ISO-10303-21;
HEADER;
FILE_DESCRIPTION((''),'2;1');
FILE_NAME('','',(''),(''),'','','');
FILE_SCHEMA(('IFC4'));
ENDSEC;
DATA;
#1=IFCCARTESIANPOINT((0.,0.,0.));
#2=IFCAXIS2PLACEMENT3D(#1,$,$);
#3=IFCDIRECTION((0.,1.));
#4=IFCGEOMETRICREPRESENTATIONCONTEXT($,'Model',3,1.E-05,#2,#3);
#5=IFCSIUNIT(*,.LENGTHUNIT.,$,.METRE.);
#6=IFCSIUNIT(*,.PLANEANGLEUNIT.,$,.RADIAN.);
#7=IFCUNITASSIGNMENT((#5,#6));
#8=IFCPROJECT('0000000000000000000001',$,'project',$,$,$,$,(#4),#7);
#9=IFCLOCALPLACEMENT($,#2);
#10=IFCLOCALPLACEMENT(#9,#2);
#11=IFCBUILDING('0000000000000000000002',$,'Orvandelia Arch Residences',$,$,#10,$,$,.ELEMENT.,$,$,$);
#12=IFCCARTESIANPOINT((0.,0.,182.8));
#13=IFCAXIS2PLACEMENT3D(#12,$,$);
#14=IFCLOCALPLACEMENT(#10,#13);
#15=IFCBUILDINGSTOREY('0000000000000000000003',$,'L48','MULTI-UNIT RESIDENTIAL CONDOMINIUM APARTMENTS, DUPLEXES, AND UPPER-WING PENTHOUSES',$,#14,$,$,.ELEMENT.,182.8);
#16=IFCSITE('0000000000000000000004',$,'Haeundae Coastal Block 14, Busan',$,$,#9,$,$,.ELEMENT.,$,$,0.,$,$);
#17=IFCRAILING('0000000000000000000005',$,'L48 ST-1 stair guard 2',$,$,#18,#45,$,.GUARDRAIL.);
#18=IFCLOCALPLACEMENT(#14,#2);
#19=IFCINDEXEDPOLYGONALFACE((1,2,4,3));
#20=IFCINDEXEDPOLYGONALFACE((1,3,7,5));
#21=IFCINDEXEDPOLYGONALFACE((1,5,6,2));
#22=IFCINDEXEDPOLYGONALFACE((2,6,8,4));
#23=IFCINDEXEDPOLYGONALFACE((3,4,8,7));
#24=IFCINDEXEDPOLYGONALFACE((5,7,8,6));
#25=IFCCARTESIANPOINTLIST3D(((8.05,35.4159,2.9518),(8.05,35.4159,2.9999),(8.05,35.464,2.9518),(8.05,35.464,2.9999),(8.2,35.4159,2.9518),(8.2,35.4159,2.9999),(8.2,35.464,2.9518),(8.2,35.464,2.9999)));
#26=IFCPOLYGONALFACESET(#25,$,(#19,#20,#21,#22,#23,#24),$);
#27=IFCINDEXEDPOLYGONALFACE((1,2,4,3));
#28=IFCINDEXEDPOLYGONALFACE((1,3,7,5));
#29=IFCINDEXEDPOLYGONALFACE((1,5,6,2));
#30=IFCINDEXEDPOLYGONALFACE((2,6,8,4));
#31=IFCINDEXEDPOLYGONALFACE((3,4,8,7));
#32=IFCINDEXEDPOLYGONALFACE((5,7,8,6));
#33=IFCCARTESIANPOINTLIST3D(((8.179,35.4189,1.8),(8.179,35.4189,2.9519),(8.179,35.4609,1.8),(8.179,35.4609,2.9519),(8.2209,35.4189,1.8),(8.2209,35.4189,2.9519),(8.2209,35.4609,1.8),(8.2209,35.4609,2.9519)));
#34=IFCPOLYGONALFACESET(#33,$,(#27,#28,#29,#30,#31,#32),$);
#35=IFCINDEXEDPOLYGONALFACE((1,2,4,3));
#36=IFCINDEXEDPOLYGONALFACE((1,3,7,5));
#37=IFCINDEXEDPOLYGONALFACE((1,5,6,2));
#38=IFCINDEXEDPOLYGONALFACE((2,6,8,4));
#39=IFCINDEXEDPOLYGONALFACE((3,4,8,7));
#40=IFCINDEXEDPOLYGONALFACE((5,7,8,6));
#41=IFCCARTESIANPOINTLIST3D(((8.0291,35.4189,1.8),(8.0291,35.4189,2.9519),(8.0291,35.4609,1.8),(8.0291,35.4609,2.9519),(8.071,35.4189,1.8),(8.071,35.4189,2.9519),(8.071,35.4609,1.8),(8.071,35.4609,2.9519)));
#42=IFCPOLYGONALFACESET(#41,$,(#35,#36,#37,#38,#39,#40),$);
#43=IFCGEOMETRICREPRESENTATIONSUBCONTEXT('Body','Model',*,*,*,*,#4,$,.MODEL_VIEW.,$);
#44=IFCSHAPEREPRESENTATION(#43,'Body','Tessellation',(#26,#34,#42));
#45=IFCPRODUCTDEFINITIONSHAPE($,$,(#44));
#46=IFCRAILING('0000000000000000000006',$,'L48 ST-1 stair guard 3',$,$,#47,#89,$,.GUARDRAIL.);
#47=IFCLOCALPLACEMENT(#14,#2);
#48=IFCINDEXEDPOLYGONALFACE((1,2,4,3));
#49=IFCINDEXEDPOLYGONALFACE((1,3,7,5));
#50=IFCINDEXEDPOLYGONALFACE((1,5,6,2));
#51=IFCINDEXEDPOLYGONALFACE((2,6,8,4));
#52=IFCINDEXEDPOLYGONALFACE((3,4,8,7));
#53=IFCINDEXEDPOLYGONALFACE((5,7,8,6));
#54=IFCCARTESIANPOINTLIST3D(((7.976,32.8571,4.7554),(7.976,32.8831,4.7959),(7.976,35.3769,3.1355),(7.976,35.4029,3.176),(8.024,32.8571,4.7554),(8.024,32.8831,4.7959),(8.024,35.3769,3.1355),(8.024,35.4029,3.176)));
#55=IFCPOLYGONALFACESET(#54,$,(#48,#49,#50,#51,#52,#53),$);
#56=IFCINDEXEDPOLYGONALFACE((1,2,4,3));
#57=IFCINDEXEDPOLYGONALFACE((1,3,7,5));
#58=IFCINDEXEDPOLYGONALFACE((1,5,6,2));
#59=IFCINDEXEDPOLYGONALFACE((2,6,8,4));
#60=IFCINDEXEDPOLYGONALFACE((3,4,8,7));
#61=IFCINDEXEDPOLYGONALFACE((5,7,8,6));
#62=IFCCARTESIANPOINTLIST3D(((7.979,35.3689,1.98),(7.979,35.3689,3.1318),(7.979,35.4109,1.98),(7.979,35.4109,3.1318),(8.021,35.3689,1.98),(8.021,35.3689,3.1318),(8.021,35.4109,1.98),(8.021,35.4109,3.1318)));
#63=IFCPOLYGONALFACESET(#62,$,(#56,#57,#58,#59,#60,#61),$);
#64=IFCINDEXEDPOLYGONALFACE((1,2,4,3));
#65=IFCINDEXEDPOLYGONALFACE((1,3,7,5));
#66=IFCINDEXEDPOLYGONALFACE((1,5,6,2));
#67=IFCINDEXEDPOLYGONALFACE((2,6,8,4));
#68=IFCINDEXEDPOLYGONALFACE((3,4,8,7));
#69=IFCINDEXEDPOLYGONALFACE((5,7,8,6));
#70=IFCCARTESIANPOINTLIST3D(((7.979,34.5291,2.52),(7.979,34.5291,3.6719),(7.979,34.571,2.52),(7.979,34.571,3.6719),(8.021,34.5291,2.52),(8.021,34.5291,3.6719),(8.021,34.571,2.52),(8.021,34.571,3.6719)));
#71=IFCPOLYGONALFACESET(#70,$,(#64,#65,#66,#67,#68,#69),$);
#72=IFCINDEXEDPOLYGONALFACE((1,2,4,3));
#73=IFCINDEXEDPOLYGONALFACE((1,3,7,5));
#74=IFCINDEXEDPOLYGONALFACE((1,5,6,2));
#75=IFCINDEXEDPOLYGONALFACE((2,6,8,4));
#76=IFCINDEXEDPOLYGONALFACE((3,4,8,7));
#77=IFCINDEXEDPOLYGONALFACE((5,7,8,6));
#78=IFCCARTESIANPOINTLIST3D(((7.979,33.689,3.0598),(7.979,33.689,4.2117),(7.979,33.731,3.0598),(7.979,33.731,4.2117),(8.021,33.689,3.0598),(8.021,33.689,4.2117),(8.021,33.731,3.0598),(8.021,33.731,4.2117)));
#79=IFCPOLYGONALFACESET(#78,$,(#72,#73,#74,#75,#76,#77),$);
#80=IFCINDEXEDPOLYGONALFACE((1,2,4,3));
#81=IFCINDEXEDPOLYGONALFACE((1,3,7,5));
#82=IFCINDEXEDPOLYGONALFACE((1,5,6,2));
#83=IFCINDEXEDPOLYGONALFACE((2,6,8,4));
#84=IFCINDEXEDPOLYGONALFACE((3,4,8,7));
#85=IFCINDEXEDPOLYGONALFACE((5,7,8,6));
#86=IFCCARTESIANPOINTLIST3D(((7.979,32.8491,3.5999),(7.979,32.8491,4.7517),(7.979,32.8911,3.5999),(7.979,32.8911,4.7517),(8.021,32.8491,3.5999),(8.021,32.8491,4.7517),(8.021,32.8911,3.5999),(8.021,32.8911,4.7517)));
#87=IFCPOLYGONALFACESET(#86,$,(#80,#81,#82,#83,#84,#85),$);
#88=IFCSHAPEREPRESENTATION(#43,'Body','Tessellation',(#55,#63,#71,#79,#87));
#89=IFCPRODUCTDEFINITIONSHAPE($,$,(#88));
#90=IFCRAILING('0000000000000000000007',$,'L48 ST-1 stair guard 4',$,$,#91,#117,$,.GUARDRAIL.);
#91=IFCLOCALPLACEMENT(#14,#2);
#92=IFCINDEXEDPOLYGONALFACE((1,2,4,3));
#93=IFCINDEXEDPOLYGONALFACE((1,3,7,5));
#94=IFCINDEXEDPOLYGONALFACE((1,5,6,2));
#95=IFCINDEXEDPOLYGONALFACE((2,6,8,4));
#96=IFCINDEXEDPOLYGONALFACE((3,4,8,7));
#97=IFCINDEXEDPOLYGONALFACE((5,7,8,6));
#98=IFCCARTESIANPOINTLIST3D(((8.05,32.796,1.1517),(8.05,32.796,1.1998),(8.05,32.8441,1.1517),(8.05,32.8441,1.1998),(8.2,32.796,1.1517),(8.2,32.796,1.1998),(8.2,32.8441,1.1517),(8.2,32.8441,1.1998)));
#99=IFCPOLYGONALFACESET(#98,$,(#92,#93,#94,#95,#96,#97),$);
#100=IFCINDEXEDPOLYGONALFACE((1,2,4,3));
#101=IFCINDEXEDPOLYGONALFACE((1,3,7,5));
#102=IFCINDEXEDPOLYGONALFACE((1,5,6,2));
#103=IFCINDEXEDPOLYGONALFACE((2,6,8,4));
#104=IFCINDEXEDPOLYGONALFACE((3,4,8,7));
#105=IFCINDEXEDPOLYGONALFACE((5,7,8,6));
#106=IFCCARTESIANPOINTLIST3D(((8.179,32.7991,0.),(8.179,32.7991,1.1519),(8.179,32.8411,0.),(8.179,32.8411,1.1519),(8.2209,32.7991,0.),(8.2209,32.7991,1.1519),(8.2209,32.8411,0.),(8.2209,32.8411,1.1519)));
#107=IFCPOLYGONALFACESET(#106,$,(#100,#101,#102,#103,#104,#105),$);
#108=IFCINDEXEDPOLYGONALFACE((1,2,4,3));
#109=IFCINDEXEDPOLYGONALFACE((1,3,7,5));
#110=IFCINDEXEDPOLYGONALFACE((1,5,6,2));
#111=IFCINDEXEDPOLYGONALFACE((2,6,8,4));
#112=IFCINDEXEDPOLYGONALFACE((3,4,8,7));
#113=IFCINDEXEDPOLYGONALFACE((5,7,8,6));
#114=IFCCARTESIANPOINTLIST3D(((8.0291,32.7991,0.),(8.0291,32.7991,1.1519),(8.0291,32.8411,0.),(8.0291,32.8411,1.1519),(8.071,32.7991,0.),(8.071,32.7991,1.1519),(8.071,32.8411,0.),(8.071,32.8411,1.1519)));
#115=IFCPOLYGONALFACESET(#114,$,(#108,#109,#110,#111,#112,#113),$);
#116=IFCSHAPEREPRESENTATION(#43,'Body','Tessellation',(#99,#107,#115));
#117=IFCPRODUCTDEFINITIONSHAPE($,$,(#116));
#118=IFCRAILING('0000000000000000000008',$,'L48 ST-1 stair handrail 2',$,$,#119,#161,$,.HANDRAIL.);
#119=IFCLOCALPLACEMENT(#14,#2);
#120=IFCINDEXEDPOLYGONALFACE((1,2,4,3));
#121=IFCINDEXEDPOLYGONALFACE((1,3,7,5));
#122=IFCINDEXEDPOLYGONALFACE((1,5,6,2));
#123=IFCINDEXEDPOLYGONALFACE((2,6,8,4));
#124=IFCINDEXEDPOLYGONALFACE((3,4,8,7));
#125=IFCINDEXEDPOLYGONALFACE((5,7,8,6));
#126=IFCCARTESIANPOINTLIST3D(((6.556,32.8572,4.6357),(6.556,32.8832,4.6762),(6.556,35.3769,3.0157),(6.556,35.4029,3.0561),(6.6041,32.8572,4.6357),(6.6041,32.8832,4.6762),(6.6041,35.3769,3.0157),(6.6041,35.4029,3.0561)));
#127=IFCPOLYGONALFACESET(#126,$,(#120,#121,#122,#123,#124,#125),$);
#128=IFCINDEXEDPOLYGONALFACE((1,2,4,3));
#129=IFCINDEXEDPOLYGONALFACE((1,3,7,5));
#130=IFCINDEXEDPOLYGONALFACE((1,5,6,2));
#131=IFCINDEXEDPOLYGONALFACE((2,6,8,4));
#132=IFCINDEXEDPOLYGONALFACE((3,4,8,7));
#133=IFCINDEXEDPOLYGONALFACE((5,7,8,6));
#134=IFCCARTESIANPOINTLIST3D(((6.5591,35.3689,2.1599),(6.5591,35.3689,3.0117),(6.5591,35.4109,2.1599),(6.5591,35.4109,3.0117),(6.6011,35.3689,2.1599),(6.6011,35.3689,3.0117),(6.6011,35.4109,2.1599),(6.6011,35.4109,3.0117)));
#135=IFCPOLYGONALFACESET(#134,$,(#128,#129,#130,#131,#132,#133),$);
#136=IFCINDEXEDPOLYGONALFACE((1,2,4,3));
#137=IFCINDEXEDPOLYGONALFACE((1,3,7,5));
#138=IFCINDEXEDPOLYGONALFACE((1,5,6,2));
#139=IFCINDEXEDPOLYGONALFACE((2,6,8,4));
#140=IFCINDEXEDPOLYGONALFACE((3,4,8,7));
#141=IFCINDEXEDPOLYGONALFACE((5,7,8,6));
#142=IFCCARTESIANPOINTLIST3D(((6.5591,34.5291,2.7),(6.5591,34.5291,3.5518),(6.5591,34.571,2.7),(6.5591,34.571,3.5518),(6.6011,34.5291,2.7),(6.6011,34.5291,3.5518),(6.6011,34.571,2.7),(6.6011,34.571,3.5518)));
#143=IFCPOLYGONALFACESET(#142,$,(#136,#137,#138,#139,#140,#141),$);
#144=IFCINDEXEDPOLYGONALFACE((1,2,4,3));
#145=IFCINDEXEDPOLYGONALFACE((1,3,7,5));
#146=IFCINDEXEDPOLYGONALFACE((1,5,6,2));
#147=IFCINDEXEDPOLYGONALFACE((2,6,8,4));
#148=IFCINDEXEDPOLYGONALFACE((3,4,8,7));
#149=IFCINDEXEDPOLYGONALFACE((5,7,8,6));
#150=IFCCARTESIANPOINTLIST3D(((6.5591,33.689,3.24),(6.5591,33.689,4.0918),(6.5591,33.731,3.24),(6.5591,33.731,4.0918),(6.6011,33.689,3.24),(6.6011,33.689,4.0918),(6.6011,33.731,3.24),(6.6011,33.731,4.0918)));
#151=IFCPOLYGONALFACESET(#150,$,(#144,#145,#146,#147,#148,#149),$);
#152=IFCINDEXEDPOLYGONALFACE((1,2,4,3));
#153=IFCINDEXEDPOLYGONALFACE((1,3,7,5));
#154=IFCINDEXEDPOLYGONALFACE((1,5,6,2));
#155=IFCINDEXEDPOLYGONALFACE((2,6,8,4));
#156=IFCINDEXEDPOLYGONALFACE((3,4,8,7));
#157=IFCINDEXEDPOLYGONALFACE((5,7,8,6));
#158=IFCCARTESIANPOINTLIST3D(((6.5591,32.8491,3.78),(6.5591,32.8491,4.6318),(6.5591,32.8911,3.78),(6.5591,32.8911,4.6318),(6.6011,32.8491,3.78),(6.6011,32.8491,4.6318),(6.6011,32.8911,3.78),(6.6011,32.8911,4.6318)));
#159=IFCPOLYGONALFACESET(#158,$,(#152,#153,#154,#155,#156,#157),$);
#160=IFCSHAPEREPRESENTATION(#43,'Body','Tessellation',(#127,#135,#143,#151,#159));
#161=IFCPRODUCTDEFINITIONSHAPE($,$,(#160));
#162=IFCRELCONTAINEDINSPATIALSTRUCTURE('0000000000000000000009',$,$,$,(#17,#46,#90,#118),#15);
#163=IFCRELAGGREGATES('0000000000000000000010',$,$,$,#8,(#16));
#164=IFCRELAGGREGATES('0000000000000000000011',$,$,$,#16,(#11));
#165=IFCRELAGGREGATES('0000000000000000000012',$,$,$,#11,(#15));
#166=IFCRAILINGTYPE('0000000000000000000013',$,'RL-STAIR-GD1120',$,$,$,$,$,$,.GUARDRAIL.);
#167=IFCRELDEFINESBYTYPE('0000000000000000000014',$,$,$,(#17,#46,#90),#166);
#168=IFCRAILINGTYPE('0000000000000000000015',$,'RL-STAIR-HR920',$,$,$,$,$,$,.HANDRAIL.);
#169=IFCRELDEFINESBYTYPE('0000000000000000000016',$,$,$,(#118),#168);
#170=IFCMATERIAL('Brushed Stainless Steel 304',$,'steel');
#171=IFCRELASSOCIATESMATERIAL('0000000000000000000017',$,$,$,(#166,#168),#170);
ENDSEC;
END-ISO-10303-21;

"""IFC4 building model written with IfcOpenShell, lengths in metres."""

from ifc_helpers import new_model, si_unit, direction, frame, origin, origin_2d, place, context, subcontext, project, spatial, rectangle, extrude, material, type_object, element, save


model = new_model("IFC4")

# Units and contexts
model_context = context("Model", 3, precision=1e-05, world=origin(), true_north=direction((0.0, 1.0)))
body_context = subcontext(model_context, "Body", "Model", "MODEL_VIEW")
ifc_project = project(units=[si_unit("LENGTHUNIT", "METRE"), si_unit("PLANEANGLEUNIT", "RADIAN")], contexts=[model_context])

# Site, building, storey
site_placement = place(None, origin())
site = spatial("IfcSite", under=ifc_project, at=site_placement, Name="Haeundae Coastal Block 14, Busan", CompositionType="ELEMENT", RefElevation=0.0)
building_placement = place(site_placement, origin())
building = spatial("IfcBuilding", under=site, at=building_placement, Name="Orvandelia Arch Residences", CompositionType="ELEMENT")
storey_placement = place(building_placement, frame((0.0, 0.0, 182.8)))
storey = spatial("IfcBuildingStorey", under=building, at=storey_placement, Name="L48", Description="MULTI-UNIT RESIDENTIAL CONDOMINIUM APARTMENTS, DUPLEXES, AND UPPER-WING PENTHOUSES", CompositionType="ELEMENT", Elevation=182.8)

# Railings
ifc_material_1 = material(Name="Brushed Stainless Steel 304", Category="steel")
railing_type_1 = type_object("IfcRailingType", Name="RL-STAIR-GD1120", PredefinedType="GUARDRAIL", material=ifc_material_1)
railing_1_placement = place(storey_placement, frame((8.2, 35.4399, 1.8)))
element("IfcRailing", 1, at=railing_1_placement, inside=storey, type_object=railing_type_1, Name="L48 ST-1 stair guard 2", PredefinedType="GUARDRAIL", context=body_context, shape_type="SweptSolid", body=[
    extrude(rectangle(XDim=0.0481, YDim=0.0481, at=origin_2d()), frame((0.0, 0.0, 1.1758), z_axis=(-1.0, 0.0, 0.0), x_axis=(0.0, -1.0, 0.0)), (0.0, 0.0, 1.0), 0.1499),
    extrude(rectangle(XDim=0.042, YDim=0.042, at=origin_2d()), origin(), (0.0, 0.0, 1.0), 1.1519),
    extrude(rectangle(XDim=0.042, YDim=0.042, at=origin_2d()), frame((-0.1499, 0.0, 0.0)), (0.0, 0.0, 1.0), 1.1519),
])
railing_2_placement = place(storey_placement, frame((8.0, 35.3899, 1.98)))
element("IfcRailing", 2, at=railing_2_placement, inside=storey, type_object=railing_type_1, Name="L48 ST-1 stair guard 3", PredefinedType="GUARDRAIL", context=body_context, shape_type="SweptSolid", body=[
    extrude(rectangle(XDim=0.0481, YDim=0.0481, at=origin_2d()), frame((0.0, 0.0, 1.1758), z_axis=(0.0, -0.841176, 0.540762), x_axis=(1.0, 0.0, 0.0)), (0.0, 0.0, 1.0), 2.9956),
    extrude(rectangle(XDim=0.042, YDim=0.042, at=origin_2d()), origin(), (0.0, 0.0, 1.0), 1.1519),
    extrude(rectangle(XDim=0.042, YDim=0.042, at=origin_2d()), frame((0.0, -0.8398, 0.54)), (0.0, 0.0, 1.0), 1.1519),
    extrude(rectangle(XDim=0.042, YDim=0.042, at=origin_2d()), frame((0.0, -1.6799, 1.0798)), (0.0, 0.0, 1.0), 1.1519),
    extrude(rectangle(XDim=0.042, YDim=0.042, at=origin_2d()), frame((0.0, -2.5198, 1.6199)), (0.0, 0.0, 1.0), 1.1519),
])
railing_3_placement = place(storey_placement, frame((8.2, 32.8201, 0.0)))
element("IfcRailing", 3, at=railing_3_placement, inside=storey, type_object=railing_type_1, Name="L48 ST-1 stair guard 4", PredefinedType="GUARDRAIL", context=body_context, shape_type="SweptSolid", body=[
    extrude(rectangle(XDim=0.0481, YDim=0.0481, at=origin_2d()), frame((0.0, 0.0, 1.1758), z_axis=(-1.0, 0.0, 0.0), x_axis=(0.0, -1.0, 0.0)), (0.0, 0.0, 1.0), 0.1499),
    extrude(rectangle(XDim=0.042, YDim=0.042, at=origin_2d()), origin(), (0.0, 0.0, 1.0), 1.1519),
    extrude(rectangle(XDim=0.042, YDim=0.042, at=origin_2d()), frame((-0.1499, 0.0, 0.0)), (0.0, 0.0, 1.0), 1.1519),
])
railing_type_2 = type_object("IfcRailingType", Name="RL-STAIR-HR920", PredefinedType="HANDRAIL", material=ifc_material_1)
railing_4_placement = place(storey_placement, frame((6.5801, 35.3899, 2.1599)))
element("IfcRailing", 4, at=railing_4_placement, inside=storey, type_object=railing_type_2, Name="L48 ST-1 stair handrail 2", PredefinedType="HANDRAIL", context=body_context, shape_type="SweptSolid", body=[
    extrude(rectangle(XDim=0.0481, YDim=0.0481, at=origin_2d()), frame((0.0, 0.0, 0.876), z_axis=(0.0, -0.841139, 0.540819), x_axis=(1.0, 0.0, 0.0)), (0.0, 0.0, 1.0), 2.9956),
    extrude(rectangle(XDim=0.042, YDim=0.042, at=origin_2d()), origin(), (0.0, 0.0, 1.0), 0.8518),
    extrude(rectangle(XDim=0.042, YDim=0.042, at=origin_2d()), frame((0.0, -0.8398, 0.54)), (0.0, 0.0, 1.0), 0.8518),
    extrude(rectangle(XDim=0.042, YDim=0.042, at=origin_2d()), frame((0.0, -1.6799, 1.0801)), (0.0, 0.0, 1.0), 0.8518),
    extrude(rectangle(XDim=0.042, YDim=0.042, at=origin_2d()), frame((0.0, -2.5198, 1.6201)), (0.0, 0.0, 1.0), 0.8518),
])

save(model, "model.ifc")
